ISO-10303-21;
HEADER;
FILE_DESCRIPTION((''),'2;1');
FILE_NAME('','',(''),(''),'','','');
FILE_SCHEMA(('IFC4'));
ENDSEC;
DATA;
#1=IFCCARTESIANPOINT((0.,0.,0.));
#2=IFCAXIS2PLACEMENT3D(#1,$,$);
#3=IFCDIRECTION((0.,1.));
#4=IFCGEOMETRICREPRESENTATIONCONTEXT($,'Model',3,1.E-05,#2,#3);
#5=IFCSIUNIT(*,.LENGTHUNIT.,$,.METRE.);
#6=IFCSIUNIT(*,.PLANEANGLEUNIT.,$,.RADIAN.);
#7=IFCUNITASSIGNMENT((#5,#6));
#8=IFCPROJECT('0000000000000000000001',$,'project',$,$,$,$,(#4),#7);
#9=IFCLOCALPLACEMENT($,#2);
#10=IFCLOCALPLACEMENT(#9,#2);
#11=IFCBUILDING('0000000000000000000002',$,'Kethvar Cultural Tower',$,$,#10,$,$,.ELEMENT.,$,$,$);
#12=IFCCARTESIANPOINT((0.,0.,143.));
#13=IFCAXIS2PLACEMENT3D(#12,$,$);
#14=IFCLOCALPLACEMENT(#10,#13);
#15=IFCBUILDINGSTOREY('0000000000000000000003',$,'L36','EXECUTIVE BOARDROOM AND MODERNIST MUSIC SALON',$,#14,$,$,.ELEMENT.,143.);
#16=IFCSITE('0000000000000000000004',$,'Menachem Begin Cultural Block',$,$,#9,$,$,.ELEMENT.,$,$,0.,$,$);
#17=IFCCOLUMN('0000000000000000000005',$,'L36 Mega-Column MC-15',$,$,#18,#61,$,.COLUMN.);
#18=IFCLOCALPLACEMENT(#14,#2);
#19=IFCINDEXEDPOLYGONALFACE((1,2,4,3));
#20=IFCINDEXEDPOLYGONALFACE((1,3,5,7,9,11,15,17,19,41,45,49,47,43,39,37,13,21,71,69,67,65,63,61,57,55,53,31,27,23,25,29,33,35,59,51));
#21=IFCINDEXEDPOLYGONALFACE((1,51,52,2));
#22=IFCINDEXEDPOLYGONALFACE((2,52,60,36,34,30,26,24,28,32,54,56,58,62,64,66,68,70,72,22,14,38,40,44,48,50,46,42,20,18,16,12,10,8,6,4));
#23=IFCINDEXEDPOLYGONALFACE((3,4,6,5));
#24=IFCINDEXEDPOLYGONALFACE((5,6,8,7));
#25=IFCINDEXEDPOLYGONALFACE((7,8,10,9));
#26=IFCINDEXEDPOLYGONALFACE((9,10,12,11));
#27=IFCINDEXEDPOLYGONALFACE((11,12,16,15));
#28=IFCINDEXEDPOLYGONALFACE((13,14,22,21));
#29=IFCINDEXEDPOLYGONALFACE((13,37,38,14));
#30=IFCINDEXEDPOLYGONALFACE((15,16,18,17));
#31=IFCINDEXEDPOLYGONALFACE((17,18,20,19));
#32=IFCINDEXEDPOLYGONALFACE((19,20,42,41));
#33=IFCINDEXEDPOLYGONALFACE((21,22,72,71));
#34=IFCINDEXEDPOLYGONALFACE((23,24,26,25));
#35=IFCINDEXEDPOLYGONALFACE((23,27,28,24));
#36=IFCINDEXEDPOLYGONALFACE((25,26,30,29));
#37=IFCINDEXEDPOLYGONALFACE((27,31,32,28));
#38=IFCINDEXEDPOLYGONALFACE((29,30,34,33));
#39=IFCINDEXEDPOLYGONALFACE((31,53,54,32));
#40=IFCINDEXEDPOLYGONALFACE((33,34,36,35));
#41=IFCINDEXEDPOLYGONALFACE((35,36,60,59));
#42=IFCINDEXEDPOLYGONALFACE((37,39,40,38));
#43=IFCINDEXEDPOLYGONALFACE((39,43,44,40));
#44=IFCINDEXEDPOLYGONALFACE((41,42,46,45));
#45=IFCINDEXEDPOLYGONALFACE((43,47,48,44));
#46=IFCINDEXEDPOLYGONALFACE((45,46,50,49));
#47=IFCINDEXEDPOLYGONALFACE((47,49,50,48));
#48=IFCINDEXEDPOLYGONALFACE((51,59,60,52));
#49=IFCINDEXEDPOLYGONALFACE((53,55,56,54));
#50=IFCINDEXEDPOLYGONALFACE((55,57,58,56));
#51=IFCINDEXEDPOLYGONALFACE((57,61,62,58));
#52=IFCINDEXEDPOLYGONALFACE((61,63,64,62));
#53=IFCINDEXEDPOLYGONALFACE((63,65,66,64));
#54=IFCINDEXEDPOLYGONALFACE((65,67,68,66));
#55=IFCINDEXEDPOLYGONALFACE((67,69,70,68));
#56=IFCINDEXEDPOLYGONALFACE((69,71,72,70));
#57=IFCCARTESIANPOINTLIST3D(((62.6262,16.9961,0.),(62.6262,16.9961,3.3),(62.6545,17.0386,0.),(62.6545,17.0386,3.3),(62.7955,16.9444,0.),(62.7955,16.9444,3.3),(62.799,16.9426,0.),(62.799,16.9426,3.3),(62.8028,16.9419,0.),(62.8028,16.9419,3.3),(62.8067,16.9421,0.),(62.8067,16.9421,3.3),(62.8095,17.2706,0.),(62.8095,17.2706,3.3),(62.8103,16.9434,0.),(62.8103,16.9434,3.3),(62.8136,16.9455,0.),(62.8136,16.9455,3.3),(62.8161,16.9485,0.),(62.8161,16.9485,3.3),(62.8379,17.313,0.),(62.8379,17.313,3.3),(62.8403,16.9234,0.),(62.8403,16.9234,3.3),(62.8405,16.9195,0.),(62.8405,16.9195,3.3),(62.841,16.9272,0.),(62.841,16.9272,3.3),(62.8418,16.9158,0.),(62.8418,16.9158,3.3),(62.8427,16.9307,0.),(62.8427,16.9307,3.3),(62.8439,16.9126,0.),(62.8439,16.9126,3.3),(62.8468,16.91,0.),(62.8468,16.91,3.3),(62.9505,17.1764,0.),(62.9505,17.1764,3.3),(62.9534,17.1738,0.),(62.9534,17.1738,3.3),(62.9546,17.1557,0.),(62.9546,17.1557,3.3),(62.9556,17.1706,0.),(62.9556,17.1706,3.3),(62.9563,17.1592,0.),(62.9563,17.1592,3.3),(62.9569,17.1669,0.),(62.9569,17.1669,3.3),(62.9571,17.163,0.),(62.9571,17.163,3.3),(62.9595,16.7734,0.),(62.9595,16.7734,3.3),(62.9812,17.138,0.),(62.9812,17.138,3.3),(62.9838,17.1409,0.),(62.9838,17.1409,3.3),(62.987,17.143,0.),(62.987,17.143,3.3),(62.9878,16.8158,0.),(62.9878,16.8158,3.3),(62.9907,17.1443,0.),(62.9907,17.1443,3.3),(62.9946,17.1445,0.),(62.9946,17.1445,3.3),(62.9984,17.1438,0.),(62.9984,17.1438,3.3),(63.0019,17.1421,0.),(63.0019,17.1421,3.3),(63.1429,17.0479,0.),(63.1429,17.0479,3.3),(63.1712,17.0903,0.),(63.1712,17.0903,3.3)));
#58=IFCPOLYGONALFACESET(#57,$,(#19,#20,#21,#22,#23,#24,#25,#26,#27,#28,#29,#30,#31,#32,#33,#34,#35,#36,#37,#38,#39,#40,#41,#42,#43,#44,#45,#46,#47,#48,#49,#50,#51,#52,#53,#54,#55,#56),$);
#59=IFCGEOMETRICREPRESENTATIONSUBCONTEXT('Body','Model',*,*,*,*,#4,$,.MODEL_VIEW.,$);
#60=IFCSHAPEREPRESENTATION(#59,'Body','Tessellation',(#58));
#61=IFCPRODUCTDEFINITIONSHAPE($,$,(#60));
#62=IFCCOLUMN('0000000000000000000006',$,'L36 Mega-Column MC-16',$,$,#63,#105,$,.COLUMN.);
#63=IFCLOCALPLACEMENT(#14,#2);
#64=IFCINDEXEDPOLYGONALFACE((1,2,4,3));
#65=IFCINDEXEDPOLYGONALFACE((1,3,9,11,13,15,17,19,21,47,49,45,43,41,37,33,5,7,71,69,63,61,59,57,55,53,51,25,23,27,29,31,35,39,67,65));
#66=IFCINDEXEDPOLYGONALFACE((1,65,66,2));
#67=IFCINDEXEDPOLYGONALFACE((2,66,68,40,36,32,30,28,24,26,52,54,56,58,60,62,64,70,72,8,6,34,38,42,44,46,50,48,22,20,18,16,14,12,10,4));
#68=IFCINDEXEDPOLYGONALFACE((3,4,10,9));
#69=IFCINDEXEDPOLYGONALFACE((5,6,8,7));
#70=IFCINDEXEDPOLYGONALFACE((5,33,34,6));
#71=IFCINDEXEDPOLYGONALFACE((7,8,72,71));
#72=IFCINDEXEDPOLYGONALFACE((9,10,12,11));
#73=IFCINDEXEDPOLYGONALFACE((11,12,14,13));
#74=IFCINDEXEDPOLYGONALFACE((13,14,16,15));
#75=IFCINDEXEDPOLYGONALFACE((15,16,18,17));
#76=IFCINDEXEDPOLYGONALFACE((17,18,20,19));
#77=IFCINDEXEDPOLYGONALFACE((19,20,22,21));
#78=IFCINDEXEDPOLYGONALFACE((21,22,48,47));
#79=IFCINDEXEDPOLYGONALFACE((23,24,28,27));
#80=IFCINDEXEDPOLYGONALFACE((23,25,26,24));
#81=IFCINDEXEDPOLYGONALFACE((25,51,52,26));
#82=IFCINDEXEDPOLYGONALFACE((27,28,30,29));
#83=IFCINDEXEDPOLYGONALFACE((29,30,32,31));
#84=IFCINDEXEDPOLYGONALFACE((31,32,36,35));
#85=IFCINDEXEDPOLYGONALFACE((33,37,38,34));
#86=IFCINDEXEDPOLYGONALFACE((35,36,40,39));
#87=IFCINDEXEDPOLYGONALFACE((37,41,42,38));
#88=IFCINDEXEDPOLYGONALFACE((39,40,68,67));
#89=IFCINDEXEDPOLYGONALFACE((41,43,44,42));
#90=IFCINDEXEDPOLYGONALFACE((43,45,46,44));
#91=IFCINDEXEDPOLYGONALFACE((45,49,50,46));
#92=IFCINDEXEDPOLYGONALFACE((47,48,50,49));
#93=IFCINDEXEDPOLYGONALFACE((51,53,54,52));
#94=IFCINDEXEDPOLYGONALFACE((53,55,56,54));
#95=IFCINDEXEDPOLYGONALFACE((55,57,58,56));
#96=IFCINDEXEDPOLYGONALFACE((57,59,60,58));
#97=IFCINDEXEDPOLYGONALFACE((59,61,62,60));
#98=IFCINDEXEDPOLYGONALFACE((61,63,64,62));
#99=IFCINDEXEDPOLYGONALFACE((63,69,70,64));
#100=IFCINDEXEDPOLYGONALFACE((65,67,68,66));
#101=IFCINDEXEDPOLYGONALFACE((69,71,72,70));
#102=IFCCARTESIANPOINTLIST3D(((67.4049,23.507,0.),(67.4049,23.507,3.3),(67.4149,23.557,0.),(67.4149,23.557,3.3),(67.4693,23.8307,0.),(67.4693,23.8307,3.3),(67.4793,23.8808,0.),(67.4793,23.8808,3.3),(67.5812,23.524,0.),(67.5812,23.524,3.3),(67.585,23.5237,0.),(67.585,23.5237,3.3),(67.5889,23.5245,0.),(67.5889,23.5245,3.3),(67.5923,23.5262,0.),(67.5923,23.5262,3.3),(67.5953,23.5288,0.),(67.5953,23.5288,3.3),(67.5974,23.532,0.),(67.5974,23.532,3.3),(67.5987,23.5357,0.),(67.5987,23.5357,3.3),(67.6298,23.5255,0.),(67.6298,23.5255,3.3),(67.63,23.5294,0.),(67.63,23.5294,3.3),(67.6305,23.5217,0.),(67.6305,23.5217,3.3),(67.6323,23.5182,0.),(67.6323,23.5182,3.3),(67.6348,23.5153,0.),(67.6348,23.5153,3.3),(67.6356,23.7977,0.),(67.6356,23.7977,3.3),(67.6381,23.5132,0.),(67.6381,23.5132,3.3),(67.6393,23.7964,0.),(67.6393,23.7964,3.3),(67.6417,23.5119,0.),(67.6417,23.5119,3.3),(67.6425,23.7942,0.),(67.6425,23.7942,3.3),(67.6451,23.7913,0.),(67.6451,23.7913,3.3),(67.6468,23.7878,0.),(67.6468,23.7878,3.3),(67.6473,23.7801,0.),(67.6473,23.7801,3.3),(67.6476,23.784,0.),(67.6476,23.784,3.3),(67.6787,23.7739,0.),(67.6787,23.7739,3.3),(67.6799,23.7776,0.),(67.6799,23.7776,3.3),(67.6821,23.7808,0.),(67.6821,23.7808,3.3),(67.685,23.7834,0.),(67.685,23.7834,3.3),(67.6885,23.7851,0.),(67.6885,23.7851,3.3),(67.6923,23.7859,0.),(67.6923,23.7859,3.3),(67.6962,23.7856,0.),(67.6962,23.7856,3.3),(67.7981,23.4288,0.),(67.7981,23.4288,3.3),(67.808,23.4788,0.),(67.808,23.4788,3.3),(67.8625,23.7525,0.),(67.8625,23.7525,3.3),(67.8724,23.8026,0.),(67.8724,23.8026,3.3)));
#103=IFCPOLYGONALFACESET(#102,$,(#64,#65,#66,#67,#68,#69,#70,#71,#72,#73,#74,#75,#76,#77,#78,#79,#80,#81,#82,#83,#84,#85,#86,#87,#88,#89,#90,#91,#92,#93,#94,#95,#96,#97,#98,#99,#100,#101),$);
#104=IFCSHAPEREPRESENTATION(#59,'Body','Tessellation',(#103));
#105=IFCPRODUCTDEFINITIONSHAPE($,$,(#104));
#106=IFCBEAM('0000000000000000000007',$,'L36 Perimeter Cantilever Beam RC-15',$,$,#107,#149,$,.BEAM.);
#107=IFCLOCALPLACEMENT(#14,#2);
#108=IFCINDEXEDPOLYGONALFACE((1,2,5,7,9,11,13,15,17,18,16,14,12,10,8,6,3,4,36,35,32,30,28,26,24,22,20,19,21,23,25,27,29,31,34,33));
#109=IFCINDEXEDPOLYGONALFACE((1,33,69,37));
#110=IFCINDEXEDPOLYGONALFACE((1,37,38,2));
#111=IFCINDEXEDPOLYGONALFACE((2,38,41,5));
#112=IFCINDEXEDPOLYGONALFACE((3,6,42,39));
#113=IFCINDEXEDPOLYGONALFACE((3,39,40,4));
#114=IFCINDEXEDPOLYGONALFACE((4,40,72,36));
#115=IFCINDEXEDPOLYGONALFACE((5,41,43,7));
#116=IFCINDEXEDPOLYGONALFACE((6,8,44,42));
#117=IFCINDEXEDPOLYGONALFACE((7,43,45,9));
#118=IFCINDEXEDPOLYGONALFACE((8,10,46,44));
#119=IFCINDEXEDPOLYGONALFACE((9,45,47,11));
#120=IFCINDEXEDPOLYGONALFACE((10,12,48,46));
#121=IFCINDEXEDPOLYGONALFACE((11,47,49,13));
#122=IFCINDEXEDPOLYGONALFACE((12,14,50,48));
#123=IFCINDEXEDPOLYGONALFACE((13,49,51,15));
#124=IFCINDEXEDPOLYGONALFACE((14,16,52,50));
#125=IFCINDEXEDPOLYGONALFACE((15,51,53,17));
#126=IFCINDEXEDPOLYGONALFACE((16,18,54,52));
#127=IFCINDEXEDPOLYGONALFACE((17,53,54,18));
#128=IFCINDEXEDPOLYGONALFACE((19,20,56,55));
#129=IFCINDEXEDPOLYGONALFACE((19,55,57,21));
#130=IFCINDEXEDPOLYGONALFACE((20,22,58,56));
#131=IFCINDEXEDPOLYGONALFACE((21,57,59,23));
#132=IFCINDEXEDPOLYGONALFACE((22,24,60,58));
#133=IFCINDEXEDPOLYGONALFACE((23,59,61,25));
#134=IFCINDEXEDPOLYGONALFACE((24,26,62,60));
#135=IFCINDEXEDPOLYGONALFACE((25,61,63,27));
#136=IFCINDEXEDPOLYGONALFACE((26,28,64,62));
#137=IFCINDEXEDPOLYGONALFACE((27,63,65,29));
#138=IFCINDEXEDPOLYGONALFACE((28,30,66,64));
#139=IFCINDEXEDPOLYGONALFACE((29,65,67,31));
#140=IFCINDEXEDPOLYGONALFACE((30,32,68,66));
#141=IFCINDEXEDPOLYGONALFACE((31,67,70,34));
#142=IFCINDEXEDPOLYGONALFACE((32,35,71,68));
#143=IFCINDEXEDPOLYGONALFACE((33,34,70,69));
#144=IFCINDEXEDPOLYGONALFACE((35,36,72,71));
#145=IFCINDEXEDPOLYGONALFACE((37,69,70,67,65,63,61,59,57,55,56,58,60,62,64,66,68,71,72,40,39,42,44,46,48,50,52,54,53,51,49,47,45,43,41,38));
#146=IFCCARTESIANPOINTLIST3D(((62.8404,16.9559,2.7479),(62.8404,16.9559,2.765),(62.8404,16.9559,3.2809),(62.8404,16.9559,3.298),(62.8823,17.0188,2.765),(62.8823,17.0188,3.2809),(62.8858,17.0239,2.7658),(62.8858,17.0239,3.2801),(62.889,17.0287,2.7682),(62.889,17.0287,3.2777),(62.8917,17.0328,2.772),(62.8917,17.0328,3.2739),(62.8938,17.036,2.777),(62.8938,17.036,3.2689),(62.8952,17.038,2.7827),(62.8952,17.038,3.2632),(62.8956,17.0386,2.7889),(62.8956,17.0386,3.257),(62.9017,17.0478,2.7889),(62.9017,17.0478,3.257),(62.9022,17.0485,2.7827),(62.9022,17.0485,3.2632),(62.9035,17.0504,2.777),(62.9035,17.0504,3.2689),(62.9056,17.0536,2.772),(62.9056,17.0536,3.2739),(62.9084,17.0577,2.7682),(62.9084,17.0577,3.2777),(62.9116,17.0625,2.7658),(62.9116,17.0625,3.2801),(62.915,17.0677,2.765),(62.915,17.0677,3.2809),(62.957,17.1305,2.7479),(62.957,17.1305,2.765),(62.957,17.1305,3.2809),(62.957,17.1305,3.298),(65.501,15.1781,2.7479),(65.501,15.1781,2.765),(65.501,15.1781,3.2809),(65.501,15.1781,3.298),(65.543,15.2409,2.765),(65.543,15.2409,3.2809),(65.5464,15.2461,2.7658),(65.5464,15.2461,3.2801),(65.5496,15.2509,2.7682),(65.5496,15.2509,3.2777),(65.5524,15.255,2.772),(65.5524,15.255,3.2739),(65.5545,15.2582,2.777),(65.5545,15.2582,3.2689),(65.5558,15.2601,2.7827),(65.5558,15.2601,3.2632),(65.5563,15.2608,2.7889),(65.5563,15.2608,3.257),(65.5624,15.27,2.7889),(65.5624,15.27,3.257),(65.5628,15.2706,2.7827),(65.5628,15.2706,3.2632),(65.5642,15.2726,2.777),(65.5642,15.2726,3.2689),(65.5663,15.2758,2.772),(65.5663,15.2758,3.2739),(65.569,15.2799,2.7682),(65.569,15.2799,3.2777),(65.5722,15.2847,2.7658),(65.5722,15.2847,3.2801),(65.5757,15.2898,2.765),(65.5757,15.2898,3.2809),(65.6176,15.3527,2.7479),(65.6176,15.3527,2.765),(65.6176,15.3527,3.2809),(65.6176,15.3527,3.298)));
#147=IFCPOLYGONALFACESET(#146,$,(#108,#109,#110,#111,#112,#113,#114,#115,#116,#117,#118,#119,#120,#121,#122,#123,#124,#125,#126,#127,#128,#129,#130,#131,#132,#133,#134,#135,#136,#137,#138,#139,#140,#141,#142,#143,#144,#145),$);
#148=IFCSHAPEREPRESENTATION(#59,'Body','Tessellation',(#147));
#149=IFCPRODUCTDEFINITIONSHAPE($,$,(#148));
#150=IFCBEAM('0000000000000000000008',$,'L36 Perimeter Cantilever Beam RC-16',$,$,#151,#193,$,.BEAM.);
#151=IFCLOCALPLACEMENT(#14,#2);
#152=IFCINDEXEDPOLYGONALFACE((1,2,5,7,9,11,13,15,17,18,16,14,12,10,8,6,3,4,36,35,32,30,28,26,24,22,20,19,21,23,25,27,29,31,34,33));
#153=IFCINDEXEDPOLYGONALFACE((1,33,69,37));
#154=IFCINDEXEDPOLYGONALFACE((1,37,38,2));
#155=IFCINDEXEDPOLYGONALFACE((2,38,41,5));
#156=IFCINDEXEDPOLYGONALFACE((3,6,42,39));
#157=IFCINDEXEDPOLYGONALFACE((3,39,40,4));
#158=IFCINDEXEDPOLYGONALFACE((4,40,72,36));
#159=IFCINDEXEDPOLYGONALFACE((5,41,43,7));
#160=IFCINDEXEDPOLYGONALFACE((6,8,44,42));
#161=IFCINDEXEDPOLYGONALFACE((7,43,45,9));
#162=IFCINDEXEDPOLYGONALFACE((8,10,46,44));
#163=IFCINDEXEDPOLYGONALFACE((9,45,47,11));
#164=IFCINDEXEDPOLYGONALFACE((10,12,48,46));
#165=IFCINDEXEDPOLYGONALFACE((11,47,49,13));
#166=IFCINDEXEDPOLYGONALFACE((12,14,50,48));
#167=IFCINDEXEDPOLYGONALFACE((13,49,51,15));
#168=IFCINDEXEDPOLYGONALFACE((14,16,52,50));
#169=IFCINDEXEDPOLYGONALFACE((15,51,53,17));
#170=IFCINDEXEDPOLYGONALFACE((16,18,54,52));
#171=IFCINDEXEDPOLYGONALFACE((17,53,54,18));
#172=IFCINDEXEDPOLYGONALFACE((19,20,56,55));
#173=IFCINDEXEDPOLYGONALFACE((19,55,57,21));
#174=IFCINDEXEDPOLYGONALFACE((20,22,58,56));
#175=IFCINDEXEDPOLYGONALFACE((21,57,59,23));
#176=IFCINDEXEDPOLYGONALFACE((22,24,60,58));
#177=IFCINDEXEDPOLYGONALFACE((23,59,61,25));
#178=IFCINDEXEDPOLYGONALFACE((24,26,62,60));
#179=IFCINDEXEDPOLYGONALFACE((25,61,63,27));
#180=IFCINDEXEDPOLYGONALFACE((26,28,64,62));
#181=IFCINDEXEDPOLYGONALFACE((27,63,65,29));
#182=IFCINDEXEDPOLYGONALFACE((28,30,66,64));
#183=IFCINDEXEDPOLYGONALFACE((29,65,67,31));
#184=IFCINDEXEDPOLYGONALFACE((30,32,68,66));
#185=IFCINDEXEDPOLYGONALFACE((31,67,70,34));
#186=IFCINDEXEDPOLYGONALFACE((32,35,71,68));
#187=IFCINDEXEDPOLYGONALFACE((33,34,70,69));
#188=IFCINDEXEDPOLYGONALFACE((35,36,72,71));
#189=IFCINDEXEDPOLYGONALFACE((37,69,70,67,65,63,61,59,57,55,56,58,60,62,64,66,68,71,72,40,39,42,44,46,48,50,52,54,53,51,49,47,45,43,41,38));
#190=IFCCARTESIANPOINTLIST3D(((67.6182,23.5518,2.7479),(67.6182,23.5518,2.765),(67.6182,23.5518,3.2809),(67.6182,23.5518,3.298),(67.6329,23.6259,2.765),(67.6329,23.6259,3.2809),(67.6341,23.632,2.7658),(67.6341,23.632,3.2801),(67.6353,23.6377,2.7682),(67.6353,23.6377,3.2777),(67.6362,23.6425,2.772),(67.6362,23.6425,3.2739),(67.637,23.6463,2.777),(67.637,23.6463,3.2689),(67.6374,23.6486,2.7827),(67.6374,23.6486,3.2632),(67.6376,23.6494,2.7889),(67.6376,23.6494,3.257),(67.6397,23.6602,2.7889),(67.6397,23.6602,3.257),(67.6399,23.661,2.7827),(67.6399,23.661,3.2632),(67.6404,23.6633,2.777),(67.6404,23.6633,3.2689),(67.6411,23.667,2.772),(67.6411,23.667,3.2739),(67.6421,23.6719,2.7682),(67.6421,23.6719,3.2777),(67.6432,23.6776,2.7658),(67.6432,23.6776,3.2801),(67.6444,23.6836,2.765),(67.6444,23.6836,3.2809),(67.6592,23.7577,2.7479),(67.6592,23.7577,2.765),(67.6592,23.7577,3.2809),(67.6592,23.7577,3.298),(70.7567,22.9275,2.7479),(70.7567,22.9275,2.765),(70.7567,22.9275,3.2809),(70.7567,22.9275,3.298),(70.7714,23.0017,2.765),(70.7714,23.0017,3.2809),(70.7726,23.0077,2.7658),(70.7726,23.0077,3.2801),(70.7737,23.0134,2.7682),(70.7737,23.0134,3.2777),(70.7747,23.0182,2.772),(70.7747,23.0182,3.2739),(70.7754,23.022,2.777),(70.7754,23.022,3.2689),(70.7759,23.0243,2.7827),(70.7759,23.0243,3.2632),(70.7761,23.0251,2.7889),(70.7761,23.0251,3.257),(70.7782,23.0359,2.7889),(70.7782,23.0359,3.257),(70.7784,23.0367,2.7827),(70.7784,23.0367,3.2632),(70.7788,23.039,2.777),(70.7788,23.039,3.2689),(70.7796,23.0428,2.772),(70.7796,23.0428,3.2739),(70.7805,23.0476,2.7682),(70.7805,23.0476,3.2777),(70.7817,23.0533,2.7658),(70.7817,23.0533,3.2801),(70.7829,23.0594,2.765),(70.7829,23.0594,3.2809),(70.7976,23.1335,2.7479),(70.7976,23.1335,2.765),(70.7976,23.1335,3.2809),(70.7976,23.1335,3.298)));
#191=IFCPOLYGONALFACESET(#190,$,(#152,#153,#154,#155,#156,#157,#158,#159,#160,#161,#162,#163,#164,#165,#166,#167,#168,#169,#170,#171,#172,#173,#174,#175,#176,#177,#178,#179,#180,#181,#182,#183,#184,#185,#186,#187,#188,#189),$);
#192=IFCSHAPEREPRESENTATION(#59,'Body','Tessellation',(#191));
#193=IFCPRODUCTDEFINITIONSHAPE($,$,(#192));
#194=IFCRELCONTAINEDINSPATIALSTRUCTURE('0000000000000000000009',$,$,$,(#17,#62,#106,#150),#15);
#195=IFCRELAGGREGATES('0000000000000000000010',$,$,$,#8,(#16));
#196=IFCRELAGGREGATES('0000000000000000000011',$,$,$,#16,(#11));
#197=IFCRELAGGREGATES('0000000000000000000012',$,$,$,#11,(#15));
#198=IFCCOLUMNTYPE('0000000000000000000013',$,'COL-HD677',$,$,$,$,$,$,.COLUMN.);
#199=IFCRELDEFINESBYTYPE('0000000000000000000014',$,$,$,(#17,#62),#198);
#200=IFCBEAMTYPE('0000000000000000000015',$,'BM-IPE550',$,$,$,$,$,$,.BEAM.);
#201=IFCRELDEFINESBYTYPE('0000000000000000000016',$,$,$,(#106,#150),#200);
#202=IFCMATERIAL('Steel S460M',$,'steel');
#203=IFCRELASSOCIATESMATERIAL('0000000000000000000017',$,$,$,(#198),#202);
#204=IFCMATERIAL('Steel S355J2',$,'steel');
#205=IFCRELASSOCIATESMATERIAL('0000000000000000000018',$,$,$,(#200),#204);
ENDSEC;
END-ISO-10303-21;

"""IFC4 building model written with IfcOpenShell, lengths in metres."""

from ifc_helpers import new_model, si_unit, direction, frame, origin, origin_2d, place, context, subcontext, project, spatial, i_section, extrude, source, transform, mapped, material, material_profile, profile_set, type_object, element, save


model = new_model("IFC4")

# Units and contexts
model_context = context("Model", 3, precision=1e-05, world=origin(), true_north=direction((0.0, 1.0)))
body_context = subcontext(model_context, "Body", "Model", "MODEL_VIEW")
ifc_project = project(units=[si_unit("LENGTHUNIT", "METRE"), si_unit("PLANEANGLEUNIT", "RADIAN")], contexts=[model_context])

# Site, building, storey
site_placement = place(None, origin())
site = spatial("IfcSite", under=ifc_project, at=site_placement, Name="Menachem Begin Cultural Block", CompositionType="ELEMENT", RefElevation=0.0)
building_placement = place(site_placement, origin())
building = spatial("IfcBuilding", under=site, at=building_placement, Name="Kethvar Cultural Tower", CompositionType="ELEMENT")
storey_placement = place(building_placement, frame((0.0, 0.0, 143.0)))
storey = spatial("IfcBuildingStorey", under=building, at=storey_placement, Name="L36", Description="EXECUTIVE BOARDROOM AND MODERNIST MUSIC SALON", CompositionType="ELEMENT", Elevation=143.0)

# Columns
ifc_material_1 = material(Name="Steel S460M", Category="steel")
ifc_material_profile_1 = material_profile(ifc_material_1, i_section(OverallWidth=0.4009, OverallDepth=0.3811, WebThickness=0.032, FlangeThickness=0.051, FilletRadius=0.0149, at=origin_2d()), Name="Steel S460M — HD400x677")
ifc_profile_set_1 = profile_set([ifc_material_profile_1], Name="Steel S460M — HD400x677")
column_type = type_object("IfcColumnType", Name="COL-HD677", PredefinedType="COLUMN", material=ifc_profile_set_1)
shared_shape_1 = source(origin(), body_context, "Body", "SweptSolid", [
    extrude(i_section(OverallWidth=0.4009, OverallDepth=0.3811, WebThickness=0.032, FlangeThickness=0.051, FilletRadius=0.0149, at=origin_2d()), origin(), (0.0, 0.0, 1.0), 3.3),
])
for number, where, z_axis, x_axis, name in (
    (1, (62.8987, 17.0432, 0.0), (0.0, 0.0, 1.0), (0.83147, -0.55557, 0.0), "L36 Mega-Column MC-15"),
    (2, (67.6387, 23.6548, 0.0), (0.0, 0.0, 1.0), (0.980785, -0.19509, 0.0), "L36 Mega-Column MC-16"),
):
    element("IfcColumn", number, at=place(storey_placement, frame(where, z_axis=z_axis, x_axis=x_axis)), inside=storey, type_object=column_type, Name=name, PredefinedType="COLUMN", context=body_context, shape_type="MappedRepresentation", body=[
        mapped(shared_shape_1, transform((0.0, 0.0, 0.0), scale=1.0)),
    ])

# Beams
ifc_material_2 = material(Name="Steel S355J2", Category="steel")
ifc_material_profile_2 = material_profile(ifc_material_2, i_section(OverallWidth=0.21, OverallDepth=0.55, WebThickness=0.011, FlangeThickness=0.0171, FilletRadius=0.0239, at=origin_2d()), Name="Steel S355J2 — IPE550")
ifc_profile_set_2 = profile_set([ifc_material_profile_2], Name="Steel S355J2 — IPE550")
beam_type_1 = type_object("IfcBeamType", Name="BM-IPE550", PredefinedType="BEAM", material=ifc_profile_set_2)
shared_shape_2 = source(origin(), body_context, "Body", "SweptSolid", [
    extrude(i_section(OverallWidth=0.21, OverallDepth=0.55, WebThickness=0.011, FlangeThickness=0.0171, FilletRadius=0.0239, at=origin_2d()), origin(), (0.0, 0.0, 1.0), 3.2),
])
for number, where, z_axis, x_axis, name in (
    (3, (62.8987, 17.0432, 3.0229), (0.831463, -0.55558, 0.0), (0.55558, 0.831463, 0.0), "L36 Perimeter Cantilever Beam RC-15"),
    (4, (67.6387, 23.6548, 3.0229), (0.980786, -0.195089, 0.0), (0.195089, 0.980786, 0.0), "L36 Perimeter Cantilever Beam RC-16"),
):
    element("IfcBeam", number, at=place(storey_placement, frame(where, z_axis=z_axis, x_axis=x_axis)), inside=storey, type_object=beam_type_1, Name=name, PredefinedType="BEAM", context=body_context, shape_type="MappedRepresentation", body=[
        mapped(shared_shape_2, transform((0.0, 0.0, 0.0), scale=1.0)),
    ])

save(model, "model.ifc")
